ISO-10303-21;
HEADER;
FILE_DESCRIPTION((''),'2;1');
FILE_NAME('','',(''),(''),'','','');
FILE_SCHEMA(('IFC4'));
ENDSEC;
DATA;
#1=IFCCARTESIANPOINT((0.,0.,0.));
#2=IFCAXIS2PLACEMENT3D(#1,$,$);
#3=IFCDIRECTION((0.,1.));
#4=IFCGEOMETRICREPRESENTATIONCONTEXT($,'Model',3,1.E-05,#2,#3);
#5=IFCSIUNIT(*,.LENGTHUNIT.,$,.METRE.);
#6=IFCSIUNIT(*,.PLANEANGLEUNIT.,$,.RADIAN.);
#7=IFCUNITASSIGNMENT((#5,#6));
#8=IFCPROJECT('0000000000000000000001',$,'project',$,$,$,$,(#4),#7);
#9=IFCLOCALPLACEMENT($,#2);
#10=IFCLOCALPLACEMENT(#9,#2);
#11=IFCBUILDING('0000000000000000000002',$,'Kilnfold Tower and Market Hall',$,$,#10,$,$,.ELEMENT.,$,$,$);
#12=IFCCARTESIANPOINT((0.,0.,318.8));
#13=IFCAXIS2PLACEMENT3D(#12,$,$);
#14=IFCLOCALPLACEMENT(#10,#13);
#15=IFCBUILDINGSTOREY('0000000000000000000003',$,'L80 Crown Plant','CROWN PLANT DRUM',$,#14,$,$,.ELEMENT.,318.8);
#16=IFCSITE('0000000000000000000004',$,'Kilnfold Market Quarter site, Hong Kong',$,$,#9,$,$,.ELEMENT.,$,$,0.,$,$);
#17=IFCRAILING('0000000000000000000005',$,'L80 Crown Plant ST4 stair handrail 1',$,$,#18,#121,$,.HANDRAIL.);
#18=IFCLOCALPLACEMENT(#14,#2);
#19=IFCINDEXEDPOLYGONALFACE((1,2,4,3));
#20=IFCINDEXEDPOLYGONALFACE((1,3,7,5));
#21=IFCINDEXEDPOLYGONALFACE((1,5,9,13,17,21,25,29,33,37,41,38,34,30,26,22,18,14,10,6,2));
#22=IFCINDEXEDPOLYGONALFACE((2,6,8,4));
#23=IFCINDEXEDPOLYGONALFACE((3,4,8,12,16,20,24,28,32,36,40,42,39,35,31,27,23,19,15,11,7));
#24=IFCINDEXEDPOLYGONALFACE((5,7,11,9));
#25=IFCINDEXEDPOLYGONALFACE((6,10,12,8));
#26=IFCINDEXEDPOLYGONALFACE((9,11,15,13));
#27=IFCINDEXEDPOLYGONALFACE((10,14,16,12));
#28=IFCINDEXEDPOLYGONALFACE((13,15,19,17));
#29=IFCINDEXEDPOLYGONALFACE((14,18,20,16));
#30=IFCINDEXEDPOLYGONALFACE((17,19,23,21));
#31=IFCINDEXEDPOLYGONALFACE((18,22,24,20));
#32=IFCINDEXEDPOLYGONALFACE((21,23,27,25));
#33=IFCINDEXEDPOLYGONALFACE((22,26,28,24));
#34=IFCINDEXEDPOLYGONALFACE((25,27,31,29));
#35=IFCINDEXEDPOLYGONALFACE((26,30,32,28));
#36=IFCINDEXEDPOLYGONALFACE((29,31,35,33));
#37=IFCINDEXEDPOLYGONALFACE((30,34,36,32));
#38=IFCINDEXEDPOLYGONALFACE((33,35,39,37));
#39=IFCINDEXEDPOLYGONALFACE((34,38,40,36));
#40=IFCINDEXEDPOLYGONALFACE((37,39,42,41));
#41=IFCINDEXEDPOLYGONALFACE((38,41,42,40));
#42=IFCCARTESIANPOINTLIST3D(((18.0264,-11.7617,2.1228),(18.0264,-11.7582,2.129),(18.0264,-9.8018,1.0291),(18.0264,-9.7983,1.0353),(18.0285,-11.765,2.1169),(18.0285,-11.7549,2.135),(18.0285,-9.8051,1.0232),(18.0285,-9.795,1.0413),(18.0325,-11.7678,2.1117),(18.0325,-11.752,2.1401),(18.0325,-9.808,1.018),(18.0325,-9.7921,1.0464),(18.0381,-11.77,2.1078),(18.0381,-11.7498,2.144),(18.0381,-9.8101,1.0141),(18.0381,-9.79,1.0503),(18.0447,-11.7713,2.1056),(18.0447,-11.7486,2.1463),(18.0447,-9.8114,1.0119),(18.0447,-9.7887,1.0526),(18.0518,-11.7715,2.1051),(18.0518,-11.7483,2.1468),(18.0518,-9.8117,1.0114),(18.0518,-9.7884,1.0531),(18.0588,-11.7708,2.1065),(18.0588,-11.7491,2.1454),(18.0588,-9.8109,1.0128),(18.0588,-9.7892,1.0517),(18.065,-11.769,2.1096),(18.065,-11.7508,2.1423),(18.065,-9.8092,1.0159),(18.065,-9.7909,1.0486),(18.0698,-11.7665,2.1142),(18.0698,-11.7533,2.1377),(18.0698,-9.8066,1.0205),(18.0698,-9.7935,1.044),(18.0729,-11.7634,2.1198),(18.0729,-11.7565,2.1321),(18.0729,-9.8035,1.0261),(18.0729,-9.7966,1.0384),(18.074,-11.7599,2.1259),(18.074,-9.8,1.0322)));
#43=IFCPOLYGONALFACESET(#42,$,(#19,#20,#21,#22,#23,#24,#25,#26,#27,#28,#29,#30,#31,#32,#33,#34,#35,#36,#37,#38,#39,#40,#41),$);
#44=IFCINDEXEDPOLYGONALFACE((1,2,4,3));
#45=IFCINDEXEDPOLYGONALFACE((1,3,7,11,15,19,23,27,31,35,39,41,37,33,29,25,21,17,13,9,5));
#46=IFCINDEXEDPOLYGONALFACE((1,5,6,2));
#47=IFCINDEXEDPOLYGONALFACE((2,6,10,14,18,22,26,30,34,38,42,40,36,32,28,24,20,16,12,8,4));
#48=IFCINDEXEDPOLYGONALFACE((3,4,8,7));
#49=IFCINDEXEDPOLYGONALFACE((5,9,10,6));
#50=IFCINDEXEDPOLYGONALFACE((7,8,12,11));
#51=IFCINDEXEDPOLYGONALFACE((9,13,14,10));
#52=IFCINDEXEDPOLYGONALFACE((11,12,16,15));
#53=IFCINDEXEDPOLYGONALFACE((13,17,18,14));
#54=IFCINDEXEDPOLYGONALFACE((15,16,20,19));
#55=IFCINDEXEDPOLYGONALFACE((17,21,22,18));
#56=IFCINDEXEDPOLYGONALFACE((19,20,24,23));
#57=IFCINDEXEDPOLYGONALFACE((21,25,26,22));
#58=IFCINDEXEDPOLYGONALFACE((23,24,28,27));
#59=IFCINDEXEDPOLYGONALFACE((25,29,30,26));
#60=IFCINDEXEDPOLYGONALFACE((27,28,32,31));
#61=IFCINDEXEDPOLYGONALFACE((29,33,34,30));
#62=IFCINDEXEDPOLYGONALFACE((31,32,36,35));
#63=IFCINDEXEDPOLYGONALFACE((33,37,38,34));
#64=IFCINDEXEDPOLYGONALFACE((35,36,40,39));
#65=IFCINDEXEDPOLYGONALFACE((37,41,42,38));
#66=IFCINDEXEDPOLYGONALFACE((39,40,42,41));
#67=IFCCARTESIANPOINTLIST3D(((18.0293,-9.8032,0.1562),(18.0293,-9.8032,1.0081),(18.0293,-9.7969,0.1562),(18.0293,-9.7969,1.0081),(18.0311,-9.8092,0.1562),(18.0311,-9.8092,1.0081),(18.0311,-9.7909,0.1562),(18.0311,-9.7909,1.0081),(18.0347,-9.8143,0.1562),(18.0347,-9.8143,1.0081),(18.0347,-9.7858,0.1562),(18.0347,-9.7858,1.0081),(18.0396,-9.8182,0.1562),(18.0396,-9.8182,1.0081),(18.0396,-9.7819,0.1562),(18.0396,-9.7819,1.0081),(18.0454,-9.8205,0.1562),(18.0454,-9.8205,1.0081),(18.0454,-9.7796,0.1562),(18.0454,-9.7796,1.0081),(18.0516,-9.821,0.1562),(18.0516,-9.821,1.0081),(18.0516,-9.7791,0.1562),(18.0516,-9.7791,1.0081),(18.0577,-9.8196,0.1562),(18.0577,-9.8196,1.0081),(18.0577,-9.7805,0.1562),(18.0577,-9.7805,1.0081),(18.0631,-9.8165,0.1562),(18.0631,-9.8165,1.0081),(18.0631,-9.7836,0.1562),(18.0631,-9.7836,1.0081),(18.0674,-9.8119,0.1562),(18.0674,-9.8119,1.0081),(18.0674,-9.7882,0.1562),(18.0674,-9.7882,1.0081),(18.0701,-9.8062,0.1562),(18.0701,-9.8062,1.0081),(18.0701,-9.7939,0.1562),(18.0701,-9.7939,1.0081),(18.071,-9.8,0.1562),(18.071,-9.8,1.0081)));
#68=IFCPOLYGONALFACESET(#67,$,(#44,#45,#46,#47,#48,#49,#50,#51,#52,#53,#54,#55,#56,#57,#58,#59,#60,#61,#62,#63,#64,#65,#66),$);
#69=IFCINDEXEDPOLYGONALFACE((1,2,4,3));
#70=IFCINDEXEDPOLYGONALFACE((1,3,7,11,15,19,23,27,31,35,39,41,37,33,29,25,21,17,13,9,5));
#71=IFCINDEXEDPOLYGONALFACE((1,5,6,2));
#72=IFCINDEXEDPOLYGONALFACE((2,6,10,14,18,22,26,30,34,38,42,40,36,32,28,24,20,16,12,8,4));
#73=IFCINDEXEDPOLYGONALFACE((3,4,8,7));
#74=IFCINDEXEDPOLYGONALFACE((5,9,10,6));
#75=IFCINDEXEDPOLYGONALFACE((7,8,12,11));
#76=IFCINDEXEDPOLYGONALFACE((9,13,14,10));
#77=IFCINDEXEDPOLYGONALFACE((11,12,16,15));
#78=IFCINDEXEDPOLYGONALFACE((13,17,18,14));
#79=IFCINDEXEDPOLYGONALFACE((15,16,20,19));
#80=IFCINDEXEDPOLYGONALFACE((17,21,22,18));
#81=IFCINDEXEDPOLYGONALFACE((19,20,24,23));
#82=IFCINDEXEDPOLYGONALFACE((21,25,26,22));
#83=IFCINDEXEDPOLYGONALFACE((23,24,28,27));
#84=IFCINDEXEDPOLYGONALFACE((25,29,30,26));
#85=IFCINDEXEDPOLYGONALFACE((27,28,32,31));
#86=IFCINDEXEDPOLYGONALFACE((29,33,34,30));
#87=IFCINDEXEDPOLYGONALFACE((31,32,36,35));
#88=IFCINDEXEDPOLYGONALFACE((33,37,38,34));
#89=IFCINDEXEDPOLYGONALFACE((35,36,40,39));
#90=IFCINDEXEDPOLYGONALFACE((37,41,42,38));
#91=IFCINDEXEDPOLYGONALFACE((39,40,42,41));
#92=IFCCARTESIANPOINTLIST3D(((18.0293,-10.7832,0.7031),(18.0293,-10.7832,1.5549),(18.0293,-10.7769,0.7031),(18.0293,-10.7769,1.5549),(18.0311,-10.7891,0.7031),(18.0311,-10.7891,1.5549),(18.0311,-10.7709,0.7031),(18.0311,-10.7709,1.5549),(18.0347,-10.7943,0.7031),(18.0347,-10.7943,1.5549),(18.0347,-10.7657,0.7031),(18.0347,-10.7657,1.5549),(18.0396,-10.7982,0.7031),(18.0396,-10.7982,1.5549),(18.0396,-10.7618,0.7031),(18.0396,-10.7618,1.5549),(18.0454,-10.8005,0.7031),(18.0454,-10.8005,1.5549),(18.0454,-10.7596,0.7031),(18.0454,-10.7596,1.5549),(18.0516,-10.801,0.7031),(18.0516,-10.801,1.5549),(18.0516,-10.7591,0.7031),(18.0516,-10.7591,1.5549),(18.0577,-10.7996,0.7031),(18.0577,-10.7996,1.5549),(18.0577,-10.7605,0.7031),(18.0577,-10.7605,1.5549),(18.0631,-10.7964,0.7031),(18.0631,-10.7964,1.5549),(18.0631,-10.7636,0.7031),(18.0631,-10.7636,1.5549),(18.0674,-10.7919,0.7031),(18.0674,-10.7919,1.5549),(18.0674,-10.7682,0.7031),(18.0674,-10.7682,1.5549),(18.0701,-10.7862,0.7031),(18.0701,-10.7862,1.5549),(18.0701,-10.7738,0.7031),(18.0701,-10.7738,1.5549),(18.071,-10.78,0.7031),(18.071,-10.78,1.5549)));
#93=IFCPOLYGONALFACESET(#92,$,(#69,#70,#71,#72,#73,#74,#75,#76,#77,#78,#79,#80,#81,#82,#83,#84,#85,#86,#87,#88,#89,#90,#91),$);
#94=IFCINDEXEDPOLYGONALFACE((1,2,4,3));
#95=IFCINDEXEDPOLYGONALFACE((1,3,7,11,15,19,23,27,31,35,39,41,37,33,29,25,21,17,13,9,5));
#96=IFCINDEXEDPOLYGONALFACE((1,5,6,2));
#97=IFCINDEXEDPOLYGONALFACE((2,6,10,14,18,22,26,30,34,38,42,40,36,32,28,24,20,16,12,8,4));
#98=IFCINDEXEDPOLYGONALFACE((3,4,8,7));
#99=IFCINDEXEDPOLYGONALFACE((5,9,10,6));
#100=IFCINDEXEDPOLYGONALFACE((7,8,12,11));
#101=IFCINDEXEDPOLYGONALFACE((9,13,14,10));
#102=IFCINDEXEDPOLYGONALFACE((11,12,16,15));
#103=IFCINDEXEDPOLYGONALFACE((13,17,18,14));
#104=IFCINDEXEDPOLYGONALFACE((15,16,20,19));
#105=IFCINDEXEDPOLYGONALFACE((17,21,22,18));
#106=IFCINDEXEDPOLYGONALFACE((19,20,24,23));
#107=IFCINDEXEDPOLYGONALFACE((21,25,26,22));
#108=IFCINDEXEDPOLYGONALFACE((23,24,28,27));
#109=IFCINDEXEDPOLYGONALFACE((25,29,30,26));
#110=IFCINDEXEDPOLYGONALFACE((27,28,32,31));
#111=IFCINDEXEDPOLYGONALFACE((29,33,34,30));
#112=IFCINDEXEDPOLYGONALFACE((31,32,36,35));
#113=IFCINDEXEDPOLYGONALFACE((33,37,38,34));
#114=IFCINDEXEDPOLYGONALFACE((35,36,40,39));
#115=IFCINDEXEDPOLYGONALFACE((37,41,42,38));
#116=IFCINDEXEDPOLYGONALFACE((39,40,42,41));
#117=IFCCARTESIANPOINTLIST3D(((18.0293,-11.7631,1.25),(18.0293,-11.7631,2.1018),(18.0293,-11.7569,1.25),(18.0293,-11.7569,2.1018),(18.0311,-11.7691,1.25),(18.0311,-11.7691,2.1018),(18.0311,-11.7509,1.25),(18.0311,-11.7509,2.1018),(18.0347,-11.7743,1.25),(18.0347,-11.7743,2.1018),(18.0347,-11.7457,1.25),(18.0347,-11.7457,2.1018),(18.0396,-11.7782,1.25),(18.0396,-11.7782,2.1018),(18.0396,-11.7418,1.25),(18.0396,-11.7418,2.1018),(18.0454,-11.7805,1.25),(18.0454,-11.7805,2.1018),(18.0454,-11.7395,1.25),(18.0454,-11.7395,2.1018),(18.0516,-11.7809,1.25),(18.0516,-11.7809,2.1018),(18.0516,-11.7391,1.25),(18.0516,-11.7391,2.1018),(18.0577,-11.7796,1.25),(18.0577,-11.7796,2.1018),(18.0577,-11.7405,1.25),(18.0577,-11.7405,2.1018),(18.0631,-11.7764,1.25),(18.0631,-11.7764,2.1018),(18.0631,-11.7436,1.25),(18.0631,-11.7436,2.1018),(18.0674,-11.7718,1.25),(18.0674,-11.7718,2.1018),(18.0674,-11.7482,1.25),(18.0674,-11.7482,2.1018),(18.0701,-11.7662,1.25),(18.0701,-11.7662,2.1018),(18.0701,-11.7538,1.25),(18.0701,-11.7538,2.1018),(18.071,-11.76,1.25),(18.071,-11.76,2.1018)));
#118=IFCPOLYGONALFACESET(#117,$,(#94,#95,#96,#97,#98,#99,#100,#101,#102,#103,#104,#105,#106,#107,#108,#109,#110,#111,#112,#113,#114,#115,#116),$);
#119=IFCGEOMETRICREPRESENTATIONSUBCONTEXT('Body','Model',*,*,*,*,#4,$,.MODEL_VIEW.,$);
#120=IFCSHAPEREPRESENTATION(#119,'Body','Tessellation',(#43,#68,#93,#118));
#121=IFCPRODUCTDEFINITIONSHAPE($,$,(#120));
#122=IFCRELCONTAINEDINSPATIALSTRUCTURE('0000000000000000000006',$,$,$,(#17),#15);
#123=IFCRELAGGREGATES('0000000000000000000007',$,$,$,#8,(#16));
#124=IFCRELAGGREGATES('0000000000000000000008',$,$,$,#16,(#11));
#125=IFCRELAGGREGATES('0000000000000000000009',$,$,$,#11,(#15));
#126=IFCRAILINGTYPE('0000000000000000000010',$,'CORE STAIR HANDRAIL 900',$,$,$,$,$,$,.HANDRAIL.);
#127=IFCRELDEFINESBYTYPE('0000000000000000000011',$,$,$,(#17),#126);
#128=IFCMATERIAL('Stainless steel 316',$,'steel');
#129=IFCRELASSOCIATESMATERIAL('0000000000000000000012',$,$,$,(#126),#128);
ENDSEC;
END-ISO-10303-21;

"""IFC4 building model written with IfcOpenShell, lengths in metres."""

from ifc_helpers import new_model, si_unit, direction, frame, origin, origin_2d, place, context, subcontext, project, spatial, circle, extrude, material, type_object, element, save


model = new_model("IFC4")

# Units and contexts
model_context = context("Model", 3, precision=1e-05, world=origin(), true_north=direction((0.0, 1.0)))
body_context = subcontext(model_context, "Body", "Model", "MODEL_VIEW")
ifc_project = project(units=[si_unit("LENGTHUNIT", "METRE"), si_unit("PLANEANGLEUNIT", "RADIAN")], contexts=[model_context])

# Site, building, storey
site_placement = place(None, origin())
site = spatial("IfcSite", under=ifc_project, at=site_placement, Name="Kilnfold Market Quarter site, Hong Kong", CompositionType="ELEMENT", RefElevation=0.0)
building_placement = place(site_placement, origin())
building = spatial("IfcBuilding", under=site, at=building_placement, Name="Kilnfold Tower and Market Hall", CompositionType="ELEMENT")
storey_placement = place(building_placement, frame((0.0, 0.0, 318.8)))
storey = spatial("IfcBuildingStorey", under=building, at=storey_placement, Name="L80 Crown Plant", Description="CROWN PLANT DRUM", CompositionType="ELEMENT", Elevation=318.8)

# Railing
ifc_material_1 = material(Name="Stainless steel 316", Category="steel")
railing_type_1 = type_object("IfcRailingType", Name="CORE STAIR HANDRAIL 900", PredefinedType="HANDRAIL", material=ifc_material_1)
railing_1_placement = place(storey_placement, frame((18.05, -9.8, 0.1562)))
element("IfcRailing", 1, at=railing_1_placement, inside=storey, type_object=railing_type_1, Name="L80 Crown Plant ST4 stair handrail 1", PredefinedType="HANDRAIL", context=body_context, shape_type="SweptSolid", body=[
    extrude(circle(Radius=0.0239, at=origin_2d()), frame((0.0, 0.0, 0.876), z_axis=(0.0, -0.873232, 0.487304), x_axis=(1.0, 0.0, 0.0)), (0.0, 0.0, 1.0), 2.2444),
    extrude(circle(Radius=0.021, at=origin_2d()), origin(), (0.0, 0.0, 1.0), 0.8518),
    extrude(circle(Radius=0.021, at=origin_2d()), frame((0.0, -0.98, 0.5469)), (0.0, 0.0, 1.0), 0.8518),
    extrude(circle(Radius=0.021, at=origin_2d()), frame((0.0, -1.96, 1.0938)), (0.0, 0.0, 1.0), 0.8518),
])

save(model, "model.ifc")
